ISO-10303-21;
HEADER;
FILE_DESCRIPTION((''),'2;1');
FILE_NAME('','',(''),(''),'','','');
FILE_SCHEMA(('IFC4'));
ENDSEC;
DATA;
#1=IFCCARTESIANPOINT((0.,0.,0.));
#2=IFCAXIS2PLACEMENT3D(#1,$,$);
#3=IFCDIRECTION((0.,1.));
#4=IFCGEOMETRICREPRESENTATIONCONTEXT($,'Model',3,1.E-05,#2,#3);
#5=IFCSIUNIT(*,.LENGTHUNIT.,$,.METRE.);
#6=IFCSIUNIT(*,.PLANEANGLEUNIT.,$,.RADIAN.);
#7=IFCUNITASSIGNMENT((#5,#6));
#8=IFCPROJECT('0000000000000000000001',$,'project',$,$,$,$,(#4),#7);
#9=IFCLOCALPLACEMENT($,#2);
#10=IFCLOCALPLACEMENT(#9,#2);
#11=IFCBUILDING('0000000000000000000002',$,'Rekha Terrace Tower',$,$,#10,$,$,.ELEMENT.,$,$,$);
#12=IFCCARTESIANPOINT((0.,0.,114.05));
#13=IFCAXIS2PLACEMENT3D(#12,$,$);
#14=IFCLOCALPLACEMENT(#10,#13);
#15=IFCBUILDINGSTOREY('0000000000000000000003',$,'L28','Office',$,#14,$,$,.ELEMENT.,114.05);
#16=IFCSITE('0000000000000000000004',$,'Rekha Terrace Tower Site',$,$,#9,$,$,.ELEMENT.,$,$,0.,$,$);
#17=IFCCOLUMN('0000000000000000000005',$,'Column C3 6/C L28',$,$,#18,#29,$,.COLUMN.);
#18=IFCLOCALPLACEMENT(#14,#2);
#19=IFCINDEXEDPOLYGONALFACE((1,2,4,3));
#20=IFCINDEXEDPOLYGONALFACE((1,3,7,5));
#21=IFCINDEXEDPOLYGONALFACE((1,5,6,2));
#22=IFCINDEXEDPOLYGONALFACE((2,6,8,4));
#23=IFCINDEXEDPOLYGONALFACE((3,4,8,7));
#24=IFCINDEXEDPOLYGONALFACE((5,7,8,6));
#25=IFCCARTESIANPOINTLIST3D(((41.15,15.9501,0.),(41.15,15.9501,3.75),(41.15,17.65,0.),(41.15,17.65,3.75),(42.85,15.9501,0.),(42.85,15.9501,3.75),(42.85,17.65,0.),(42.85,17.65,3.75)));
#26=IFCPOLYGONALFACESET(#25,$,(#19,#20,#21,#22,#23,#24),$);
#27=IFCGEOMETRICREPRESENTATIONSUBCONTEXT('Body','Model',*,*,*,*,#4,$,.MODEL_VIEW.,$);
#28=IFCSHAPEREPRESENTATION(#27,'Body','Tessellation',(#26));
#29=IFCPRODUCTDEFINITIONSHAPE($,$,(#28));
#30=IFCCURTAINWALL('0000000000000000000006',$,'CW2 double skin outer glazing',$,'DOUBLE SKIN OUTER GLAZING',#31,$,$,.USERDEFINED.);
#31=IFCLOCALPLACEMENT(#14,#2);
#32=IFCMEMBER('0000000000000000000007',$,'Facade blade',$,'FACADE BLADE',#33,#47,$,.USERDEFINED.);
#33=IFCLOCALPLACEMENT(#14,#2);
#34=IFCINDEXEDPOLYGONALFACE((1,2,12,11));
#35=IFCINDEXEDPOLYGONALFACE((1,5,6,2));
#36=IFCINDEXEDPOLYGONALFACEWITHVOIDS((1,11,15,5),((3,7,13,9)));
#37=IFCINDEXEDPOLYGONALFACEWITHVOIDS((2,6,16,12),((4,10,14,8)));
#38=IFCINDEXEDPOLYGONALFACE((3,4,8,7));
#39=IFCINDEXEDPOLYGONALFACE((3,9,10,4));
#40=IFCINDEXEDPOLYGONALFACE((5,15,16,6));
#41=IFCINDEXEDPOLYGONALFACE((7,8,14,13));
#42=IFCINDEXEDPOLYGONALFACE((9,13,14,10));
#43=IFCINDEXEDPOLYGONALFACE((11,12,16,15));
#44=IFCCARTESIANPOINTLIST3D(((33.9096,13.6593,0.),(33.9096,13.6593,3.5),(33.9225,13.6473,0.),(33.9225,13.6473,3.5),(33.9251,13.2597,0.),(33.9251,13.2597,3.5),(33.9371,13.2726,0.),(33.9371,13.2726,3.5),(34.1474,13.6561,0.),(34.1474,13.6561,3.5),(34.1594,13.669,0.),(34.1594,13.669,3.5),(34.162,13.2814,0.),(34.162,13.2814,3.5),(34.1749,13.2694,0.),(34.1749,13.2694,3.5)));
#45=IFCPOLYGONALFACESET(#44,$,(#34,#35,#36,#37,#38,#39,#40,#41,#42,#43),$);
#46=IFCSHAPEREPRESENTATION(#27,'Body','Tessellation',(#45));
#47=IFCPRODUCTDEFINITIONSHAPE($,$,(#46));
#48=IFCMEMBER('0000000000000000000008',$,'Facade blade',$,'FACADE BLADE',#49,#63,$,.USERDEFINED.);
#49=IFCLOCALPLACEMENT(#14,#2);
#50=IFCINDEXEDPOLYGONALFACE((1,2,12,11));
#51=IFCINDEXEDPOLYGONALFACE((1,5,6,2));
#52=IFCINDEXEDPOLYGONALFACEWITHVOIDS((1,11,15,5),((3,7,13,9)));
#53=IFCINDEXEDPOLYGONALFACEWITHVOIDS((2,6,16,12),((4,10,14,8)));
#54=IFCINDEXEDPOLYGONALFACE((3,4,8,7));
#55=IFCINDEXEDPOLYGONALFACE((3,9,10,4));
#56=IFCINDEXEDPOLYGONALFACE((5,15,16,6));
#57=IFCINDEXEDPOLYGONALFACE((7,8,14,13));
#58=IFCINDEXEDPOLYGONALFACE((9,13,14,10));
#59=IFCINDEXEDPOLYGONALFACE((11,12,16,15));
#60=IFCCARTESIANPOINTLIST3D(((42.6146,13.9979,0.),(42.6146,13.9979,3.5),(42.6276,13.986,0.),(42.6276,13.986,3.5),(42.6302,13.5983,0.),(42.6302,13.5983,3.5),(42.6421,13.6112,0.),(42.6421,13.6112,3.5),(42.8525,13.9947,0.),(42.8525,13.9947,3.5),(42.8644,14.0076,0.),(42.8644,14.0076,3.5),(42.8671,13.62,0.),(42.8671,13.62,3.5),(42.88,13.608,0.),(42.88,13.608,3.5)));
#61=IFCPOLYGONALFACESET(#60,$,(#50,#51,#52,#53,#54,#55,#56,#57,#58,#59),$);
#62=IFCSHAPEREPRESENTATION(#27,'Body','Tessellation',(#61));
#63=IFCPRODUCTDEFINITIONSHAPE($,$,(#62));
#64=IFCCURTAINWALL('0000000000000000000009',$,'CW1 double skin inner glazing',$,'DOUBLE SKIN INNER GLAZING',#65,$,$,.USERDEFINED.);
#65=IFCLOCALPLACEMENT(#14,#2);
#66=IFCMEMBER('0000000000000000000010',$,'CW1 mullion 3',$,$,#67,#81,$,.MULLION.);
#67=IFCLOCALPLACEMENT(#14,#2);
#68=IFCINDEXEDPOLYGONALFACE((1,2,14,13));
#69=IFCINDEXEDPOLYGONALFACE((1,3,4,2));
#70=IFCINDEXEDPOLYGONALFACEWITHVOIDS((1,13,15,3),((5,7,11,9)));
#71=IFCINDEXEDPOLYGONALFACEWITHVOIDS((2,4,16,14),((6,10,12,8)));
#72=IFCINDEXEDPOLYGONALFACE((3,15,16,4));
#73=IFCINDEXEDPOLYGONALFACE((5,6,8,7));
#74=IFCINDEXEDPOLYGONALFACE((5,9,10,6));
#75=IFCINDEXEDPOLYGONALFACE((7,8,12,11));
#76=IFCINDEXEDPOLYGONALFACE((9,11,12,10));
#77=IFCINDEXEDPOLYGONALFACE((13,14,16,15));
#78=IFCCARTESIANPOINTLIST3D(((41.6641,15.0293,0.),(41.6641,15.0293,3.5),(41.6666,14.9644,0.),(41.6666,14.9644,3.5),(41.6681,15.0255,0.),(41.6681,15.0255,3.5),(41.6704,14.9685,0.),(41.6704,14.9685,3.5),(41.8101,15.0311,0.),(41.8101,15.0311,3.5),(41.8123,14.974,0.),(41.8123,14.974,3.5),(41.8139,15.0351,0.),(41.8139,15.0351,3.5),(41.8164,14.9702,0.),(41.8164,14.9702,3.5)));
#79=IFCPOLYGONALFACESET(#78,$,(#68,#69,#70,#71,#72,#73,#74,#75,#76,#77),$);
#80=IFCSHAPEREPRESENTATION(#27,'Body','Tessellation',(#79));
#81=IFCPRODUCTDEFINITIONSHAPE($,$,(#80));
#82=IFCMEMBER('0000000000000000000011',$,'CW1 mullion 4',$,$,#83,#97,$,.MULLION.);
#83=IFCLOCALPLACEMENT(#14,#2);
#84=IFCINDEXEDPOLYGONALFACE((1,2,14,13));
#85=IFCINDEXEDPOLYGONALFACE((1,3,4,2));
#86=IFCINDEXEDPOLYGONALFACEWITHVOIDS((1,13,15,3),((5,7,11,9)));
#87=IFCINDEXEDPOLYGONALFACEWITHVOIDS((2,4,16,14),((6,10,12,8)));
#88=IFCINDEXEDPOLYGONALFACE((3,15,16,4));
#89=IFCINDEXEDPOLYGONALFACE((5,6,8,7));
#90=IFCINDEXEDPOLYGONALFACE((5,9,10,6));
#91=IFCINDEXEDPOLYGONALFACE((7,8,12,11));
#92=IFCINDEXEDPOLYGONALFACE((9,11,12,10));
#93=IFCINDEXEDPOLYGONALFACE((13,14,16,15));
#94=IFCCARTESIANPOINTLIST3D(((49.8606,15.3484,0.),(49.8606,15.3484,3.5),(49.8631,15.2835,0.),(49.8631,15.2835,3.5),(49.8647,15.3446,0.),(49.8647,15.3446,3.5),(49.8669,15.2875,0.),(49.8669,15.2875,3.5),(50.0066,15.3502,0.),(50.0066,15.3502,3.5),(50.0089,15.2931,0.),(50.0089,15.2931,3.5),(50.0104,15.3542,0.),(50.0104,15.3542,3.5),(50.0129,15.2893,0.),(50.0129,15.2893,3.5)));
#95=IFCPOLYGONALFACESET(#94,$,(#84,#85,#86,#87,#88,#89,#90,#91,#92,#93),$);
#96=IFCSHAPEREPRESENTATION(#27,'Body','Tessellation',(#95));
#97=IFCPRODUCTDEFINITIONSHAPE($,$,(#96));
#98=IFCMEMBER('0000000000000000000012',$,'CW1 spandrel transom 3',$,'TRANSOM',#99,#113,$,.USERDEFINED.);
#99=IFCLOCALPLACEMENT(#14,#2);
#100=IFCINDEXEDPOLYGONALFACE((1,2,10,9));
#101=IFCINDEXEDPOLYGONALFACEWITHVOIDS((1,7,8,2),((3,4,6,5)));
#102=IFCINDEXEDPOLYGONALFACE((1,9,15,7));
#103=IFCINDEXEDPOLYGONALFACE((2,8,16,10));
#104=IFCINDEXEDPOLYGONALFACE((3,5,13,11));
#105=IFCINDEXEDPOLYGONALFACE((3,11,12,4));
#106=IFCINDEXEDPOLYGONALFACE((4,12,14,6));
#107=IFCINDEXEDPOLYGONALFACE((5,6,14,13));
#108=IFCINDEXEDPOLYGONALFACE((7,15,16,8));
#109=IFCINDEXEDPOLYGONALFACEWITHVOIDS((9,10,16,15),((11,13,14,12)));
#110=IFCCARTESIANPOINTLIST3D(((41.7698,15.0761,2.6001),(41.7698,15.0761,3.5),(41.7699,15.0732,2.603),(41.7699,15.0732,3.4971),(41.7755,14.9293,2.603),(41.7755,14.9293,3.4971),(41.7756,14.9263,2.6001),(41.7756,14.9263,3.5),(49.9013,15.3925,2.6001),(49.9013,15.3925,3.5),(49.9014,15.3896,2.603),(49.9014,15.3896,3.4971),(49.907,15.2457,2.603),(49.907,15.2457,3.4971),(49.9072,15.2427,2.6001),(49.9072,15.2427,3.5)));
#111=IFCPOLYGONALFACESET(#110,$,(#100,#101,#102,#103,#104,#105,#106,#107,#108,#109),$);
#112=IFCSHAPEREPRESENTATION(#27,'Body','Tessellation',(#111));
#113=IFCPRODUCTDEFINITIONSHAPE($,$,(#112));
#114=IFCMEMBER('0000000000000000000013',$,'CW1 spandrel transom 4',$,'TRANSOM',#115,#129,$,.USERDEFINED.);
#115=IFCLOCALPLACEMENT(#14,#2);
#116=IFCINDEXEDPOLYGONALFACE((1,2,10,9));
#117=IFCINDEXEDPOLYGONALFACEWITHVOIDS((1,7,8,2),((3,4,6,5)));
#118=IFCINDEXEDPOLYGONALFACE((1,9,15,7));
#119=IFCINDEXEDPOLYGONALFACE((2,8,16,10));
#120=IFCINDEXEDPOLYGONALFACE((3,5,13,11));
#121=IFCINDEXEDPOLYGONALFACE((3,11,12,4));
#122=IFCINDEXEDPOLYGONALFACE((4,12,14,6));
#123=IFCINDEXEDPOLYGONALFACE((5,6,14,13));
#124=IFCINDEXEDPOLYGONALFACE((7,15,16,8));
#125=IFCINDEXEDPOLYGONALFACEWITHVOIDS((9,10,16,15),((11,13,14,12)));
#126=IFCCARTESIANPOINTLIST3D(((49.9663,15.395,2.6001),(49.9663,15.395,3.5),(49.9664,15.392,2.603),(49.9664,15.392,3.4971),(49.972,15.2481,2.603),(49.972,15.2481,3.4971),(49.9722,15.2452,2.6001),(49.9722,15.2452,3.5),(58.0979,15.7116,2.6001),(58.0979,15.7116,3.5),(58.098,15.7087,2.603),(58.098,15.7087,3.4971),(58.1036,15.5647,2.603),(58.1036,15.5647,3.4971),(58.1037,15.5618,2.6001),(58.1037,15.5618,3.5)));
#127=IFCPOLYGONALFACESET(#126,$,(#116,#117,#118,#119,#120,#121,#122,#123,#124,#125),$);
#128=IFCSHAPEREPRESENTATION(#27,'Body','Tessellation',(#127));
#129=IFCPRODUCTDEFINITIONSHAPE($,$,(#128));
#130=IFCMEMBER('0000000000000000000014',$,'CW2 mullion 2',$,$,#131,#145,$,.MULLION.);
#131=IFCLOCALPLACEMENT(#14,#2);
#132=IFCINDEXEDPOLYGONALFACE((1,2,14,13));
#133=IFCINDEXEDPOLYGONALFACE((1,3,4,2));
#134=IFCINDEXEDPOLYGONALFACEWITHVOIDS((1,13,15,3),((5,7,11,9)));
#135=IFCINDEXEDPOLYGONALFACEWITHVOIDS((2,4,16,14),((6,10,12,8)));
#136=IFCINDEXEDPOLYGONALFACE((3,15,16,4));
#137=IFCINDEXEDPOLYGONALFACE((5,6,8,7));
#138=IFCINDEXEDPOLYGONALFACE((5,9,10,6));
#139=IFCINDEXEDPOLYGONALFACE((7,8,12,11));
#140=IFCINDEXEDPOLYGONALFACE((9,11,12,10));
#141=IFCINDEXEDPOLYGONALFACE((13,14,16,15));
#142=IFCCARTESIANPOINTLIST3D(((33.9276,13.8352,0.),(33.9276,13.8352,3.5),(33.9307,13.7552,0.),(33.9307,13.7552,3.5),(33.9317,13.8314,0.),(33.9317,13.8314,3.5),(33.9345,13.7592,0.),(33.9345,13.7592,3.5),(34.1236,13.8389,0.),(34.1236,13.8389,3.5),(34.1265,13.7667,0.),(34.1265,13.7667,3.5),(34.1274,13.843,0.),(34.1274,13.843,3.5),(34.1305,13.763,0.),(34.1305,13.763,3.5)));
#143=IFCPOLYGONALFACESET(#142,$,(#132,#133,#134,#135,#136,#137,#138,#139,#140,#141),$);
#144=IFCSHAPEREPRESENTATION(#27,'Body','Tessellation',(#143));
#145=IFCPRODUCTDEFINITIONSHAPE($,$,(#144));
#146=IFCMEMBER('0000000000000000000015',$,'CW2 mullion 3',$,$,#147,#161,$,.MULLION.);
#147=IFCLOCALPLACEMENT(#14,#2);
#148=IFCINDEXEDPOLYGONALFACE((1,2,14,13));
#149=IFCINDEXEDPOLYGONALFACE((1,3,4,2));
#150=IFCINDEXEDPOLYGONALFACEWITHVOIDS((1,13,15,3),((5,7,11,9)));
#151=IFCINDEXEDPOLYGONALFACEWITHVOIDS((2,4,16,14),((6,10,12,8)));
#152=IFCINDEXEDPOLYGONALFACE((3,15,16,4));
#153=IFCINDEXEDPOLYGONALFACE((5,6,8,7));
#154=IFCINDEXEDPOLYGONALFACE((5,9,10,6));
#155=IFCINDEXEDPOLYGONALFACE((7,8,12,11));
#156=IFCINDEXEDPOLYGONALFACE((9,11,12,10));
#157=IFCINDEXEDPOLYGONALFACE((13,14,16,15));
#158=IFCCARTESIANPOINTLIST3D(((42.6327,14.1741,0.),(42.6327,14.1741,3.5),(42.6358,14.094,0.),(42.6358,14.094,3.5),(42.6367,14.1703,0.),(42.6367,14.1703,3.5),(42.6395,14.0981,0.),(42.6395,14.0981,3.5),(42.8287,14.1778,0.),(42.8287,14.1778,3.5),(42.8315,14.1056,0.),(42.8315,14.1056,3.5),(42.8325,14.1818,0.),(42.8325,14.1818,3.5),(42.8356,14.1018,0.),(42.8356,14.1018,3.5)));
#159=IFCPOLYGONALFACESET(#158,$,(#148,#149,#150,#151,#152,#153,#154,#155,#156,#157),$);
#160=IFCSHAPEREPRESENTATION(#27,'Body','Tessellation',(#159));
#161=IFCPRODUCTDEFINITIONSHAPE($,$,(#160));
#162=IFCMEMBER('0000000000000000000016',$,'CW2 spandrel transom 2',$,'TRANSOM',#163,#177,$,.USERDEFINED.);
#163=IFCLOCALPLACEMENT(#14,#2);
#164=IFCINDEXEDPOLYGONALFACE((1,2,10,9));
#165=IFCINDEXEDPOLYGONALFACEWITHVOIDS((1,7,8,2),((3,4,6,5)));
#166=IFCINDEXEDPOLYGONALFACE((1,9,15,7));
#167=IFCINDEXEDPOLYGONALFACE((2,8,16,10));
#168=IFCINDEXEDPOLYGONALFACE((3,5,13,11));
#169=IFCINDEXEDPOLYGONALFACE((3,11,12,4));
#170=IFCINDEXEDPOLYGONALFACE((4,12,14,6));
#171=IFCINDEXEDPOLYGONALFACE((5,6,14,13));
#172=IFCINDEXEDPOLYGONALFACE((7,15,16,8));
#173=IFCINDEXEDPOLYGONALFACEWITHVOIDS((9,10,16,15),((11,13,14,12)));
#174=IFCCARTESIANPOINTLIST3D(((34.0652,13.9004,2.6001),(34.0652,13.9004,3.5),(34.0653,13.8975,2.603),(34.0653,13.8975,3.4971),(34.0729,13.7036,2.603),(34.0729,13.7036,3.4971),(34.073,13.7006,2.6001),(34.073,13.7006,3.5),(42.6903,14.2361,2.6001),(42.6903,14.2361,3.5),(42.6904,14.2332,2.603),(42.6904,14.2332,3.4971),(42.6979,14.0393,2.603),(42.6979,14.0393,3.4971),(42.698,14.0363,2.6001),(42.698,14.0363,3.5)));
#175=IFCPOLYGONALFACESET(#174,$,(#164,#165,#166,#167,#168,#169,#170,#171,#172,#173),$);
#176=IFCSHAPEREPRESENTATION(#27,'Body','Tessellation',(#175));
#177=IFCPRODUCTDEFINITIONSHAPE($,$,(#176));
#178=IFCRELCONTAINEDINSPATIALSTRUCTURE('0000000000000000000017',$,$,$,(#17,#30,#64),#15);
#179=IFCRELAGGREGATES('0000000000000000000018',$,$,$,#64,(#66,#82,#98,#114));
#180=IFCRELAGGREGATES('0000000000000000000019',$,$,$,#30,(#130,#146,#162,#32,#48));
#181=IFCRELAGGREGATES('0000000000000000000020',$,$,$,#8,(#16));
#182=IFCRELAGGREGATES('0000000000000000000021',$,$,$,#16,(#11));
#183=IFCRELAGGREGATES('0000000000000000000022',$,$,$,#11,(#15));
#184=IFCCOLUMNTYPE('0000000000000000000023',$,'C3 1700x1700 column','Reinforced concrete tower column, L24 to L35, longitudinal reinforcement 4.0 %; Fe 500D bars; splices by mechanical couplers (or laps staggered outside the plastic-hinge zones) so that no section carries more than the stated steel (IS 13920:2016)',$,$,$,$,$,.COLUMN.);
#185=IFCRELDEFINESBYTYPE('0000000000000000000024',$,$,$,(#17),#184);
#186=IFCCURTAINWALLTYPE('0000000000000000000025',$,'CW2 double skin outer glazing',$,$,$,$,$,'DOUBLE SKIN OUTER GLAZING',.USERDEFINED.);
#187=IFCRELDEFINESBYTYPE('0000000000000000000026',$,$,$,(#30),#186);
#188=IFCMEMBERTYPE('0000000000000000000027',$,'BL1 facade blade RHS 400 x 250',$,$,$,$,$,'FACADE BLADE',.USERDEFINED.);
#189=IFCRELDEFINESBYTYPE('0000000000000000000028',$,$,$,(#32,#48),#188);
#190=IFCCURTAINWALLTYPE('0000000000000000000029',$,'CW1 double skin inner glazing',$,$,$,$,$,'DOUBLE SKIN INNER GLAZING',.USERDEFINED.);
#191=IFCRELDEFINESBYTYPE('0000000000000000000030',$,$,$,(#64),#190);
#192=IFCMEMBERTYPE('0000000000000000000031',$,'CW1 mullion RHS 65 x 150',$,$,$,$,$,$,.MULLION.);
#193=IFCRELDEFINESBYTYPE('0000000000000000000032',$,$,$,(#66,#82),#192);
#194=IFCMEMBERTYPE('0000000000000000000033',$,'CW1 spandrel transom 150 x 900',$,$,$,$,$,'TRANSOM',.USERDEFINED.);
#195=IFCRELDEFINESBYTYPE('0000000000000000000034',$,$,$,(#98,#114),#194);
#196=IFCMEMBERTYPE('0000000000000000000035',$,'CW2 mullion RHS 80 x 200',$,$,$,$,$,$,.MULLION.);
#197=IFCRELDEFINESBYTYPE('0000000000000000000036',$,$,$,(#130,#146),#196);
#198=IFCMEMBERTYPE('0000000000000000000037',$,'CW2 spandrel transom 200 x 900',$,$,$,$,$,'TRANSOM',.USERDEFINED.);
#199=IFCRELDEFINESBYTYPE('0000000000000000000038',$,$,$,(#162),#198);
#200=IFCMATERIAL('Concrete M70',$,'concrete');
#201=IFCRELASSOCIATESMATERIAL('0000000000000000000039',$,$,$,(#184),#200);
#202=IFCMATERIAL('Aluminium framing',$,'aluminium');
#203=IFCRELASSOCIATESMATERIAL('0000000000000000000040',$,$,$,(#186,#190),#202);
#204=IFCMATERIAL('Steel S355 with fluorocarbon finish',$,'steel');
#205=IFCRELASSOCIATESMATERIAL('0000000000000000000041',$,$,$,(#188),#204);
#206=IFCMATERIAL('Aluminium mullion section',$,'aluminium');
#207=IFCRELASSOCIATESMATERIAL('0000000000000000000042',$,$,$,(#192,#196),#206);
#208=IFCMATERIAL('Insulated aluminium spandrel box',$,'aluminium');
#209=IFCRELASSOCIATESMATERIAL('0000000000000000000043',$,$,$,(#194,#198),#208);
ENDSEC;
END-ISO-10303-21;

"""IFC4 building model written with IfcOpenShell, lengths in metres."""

from ifc_helpers import new_model, si_unit, direction, frame, origin, origin_2d, place, context, subcontext, project, spatial, rectangle, hollow_rectangle, extrude, material, material_profile, profile_set, type_object, element, aggregate, save


model = new_model("IFC4")

# Units and contexts
model_context = context("Model", 3, precision=1e-05, world=origin(), true_north=direction((0.0, 1.0)))
body_context = subcontext(model_context, "Body", "Model", "MODEL_VIEW")
ifc_project = project(units=[si_unit("LENGTHUNIT", "METRE"), si_unit("PLANEANGLEUNIT", "RADIAN")], contexts=[model_context])

# Site, building, storey
site_placement = place(None, origin())
site = spatial("IfcSite", under=ifc_project, at=site_placement, Name="Rekha Terrace Tower Site", CompositionType="ELEMENT", RefElevation=0.0)
building_placement = place(site_placement, origin())
building = spatial("IfcBuilding", under=site, at=building_placement, Name="Rekha Terrace Tower", CompositionType="ELEMENT")
storey_placement = place(building_placement, frame((0.0, 0.0, 114.05)))
storey = spatial("IfcBuildingStorey", under=building, at=storey_placement, Name="L28", Description="Office", CompositionType="ELEMENT", Elevation=114.05)

# Column
ifc_material_1 = material(Name="Concrete M70", Category="concrete")
ifc_material_profile_1 = material_profile(ifc_material_1, rectangle(XDim=1.7, YDim=1.7, at=origin_2d()), Name="RC 1700x1700")
ifc_profile_set_1 = profile_set([ifc_material_profile_1], Name="Concrete M70")
column_type = type_object("IfcColumnType", Name="C3 1700x1700 column", Description="Reinforced concrete tower column, L24 to L35, longitudinal reinforcement 4.0 %; Fe 500D bars; splices by mechanical couplers (or laps staggered outside the plastic-hinge zones) so that no section carries more than the stated steel (IS 13920:2016)", PredefinedType="COLUMN", material=ifc_profile_set_1)
column_placement = place(storey_placement, frame((42.0, 16.8, 0.0), z_axis=(0.0, 0.0, 1.0), x_axis=(1.0, 0.0, 0.0)))
element("IfcColumn", 1, at=column_placement, inside=storey, type_object=column_type, Name="Column C3 6/C L28", PredefinedType="COLUMN", context=body_context, shape_type="SweptSolid", body=[
    extrude(rectangle(XDim=1.7, YDim=1.7, at=origin_2d()), origin(), (0.0, 0.0, 1.0), 3.75),
])

# Curtain walls, members
ifc_material_2 = material(Name="Aluminium framing", Category="aluminium")
curtain_wall_type_1 = type_object("IfcCurtainWallType", Name="CW2 double skin outer glazing", ElementType="DOUBLE SKIN OUTER GLAZING", PredefinedType="USERDEFINED", material=ifc_material_2)
curtain_wall_1_placement = place(storey_placement, origin())
curtain_wall_1 = element("IfcCurtainWall", 2, at=curtain_wall_1_placement, inside=storey, type_object=curtain_wall_type_1, Name="CW2 double skin outer glazing", ObjectType="DOUBLE SKIN OUTER GLAZING", PredefinedType="USERDEFINED")
ifc_material_3 = material(Name="Steel S355 with fluorocarbon finish", Category="steel")
ifc_material_profile_2 = material_profile(ifc_material_3, hollow_rectangle(XDim=0.25, YDim=0.3999, WallThickness=0.0125, at=origin_2d()), Name="RHS400x250x12.5")
ifc_profile_set_2 = profile_set([ifc_material_profile_2], Name="Steel S355 with fluorocarbon finish")
member_type_1 = type_object("IfcMemberType", Name="BL1 facade blade RHS 400 x 250", ElementType="FACADE BLADE", PredefinedType="USERDEFINED", material=ifc_profile_set_2)
member_1_placement = place(storey_placement, frame((34.0422, 13.4644, 0.0), z_axis=(0.0, 0.0, 1.0), x_axis=(0.999243, 0.03889, 0.0)))
member_1 = element("IfcMember", 3, at=member_1_placement, type_object=member_type_1, Name="Facade blade", ObjectType="FACADE BLADE", PredefinedType="USERDEFINED", context=body_context, shape_type="SweptSolid", body=[
    extrude(hollow_rectangle(XDim=0.25, YDim=0.3999, WallThickness=0.0125, at=origin_2d()), origin(), (0.0, 0.0, 1.0), 3.5),
])
member_2_placement = place(storey_placement, frame((42.7473, 13.803, 0.0), z_axis=(0.0, 0.0, 1.0), x_axis=(0.999243, 0.03889, 0.0)))
member_2 = element("IfcMember", 4, at=member_2_placement, type_object=member_type_1, Name="Facade blade", ObjectType="FACADE BLADE", PredefinedType="USERDEFINED", context=body_context, shape_type="SweptSolid", body=[
    extrude(hollow_rectangle(XDim=0.25, YDim=0.3999, WallThickness=0.0125, at=origin_2d()), origin(), (0.0, 0.0, 1.0), 3.5),
])
curtain_wall_type_2 = type_object("IfcCurtainWallType", Name="CW1 double skin inner glazing", ElementType="DOUBLE SKIN INNER GLAZING", PredefinedType="USERDEFINED", material=ifc_material_2)
curtain_wall_2_placement = place(storey_placement, origin())
curtain_wall_2 = element("IfcCurtainWall", 5, at=curtain_wall_2_placement, inside=storey, type_object=curtain_wall_type_2, Name="CW1 double skin inner glazing", ObjectType="DOUBLE SKIN INNER GLAZING", PredefinedType="USERDEFINED")
ifc_material_4 = material(Name="Aluminium mullion section", Category="aluminium")
ifc_material_profile_3 = material_profile(ifc_material_4, hollow_rectangle(XDim=0.0649, YDim=0.1499, WallThickness=0.0039, at=origin_2d()), Name="AL RHS 65x150")
ifc_profile_set_3 = profile_set([ifc_material_profile_3], Name="Aluminium mullion section")
member_type_2 = type_object("IfcMemberType", Name="CW1 mullion RHS 65 x 150", PredefinedType="MULLION", material=ifc_profile_set_3)
member_3_placement = place(storey_placement, frame((41.7402, 14.9998, 0.0), z_axis=(0.0, 0.0, 1.0), x_axis=(-0.03889, 0.999243, 0.0)))
member_3 = element("IfcMember", 6, at=member_3_placement, type_object=member_type_2, Name="CW1 mullion 3", PredefinedType="MULLION", context=body_context, shape_type="SweptSolid", body=[
    extrude(hollow_rectangle(XDim=0.0649, YDim=0.1499, WallThickness=0.0039, at=origin_2d()), origin(), (0.0, 0.0, 1.0), 3.5),
])
member_4_placement = place(storey_placement, frame((49.9368, 15.3188, 0.0), z_axis=(0.0, 0.0, 1.0), x_axis=(-0.03889, 0.999243, 0.0)))
member_4 = element("IfcMember", 7, at=member_4_placement, type_object=member_type_2, Name="CW1 mullion 4", PredefinedType="MULLION", context=body_context, shape_type="SweptSolid", body=[
    extrude(hollow_rectangle(XDim=0.0649, YDim=0.1499, WallThickness=0.0039, at=origin_2d()), origin(), (0.0, 0.0, 1.0), 3.5),
])
ifc_material_5 = material(Name="Insulated aluminium spandrel box", Category="aluminium")
ifc_material_profile_4 = material_profile(ifc_material_5, hollow_rectangle(XDim=0.1499, YDim=0.8999, WallThickness=0.0029, at=origin_2d()), Name="AL SPANDREL BOX 150x900")
ifc_profile_set_4 = profile_set([ifc_material_profile_4], Name="Insulated aluminium spandrel box")
member_type_3 = type_object("IfcMemberType", Name="CW1 spandrel transom 150 x 900", ElementType="TRANSOM", PredefinedType="USERDEFINED", material=ifc_profile_set_4)
member_5_placement = place(storey_placement, frame((41.7727, 15.0012, 3.05), z_axis=(0.999244, 0.038881, 0.0), x_axis=(-0.038881, 0.999244, 0.0)))
member_5 = element("IfcMember", 8, at=member_5_placement, type_object=member_type_3, Name="CW1 spandrel transom 3", ObjectType="TRANSOM", PredefinedType="USERDEFINED", context=body_context, shape_type="SweptSolid", body=[
    extrude(hollow_rectangle(XDim=0.1499, YDim=0.8999, WallThickness=0.0029, at=origin_2d()), origin(), (0.0, 0.0, 1.0), 8.1377),
])
member_6_placement = place(storey_placement, frame((49.9692, 15.3201, 3.05), z_axis=(0.999243, 0.038911, 0.0), x_axis=(-0.038911, 0.999243, 0.0)))
member_6 = element("IfcMember", 9, at=member_6_placement, type_object=member_type_3, Name="CW1 spandrel transom 4", ObjectType="TRANSOM", PredefinedType="USERDEFINED", context=body_context, shape_type="SweptSolid", body=[
    extrude(hollow_rectangle(XDim=0.1499, YDim=0.8999, WallThickness=0.0029, at=origin_2d()), origin(), (0.0, 0.0, 1.0), 8.1377),
])

# Members
ifc_material_profile_5 = material_profile(ifc_material_4, hollow_rectangle(XDim=0.0801, YDim=0.2, WallThickness=0.0039, at=origin_2d()), Name="AL RHS 80x200")
ifc_profile_set_5 = profile_set([ifc_material_profile_5], Name="Aluminium mullion section")
member_type_4 = type_object("IfcMemberType", Name="CW2 mullion RHS 80 x 200", PredefinedType="MULLION", material=ifc_profile_set_5)
member_7_placement = place(storey_placement, frame((34.0291, 13.7991, 0.0), z_axis=(0.0, 0.0, 1.0), x_axis=(-0.03889, 0.999243, 0.0)))
member_7 = element("IfcMember", 10, at=member_7_placement, type_object=member_type_4, Name="CW2 mullion 2", PredefinedType="MULLION", context=body_context, shape_type="SweptSolid", body=[
    extrude(hollow_rectangle(XDim=0.0801, YDim=0.2, WallThickness=0.0039, at=origin_2d()), origin(), (0.0, 0.0, 1.0), 3.5),
])
member_8_placement = place(storey_placement, frame((42.7341, 14.1379, 0.0), z_axis=(0.0, 0.0, 1.0), x_axis=(-0.03889, 0.999243, 0.0)))
member_8 = element("IfcMember", 11, at=member_8_placement, type_object=member_type_4, Name="CW2 mullion 3", PredefinedType="MULLION", context=body_context, shape_type="SweptSolid", body=[
    extrude(hollow_rectangle(XDim=0.0801, YDim=0.2, WallThickness=0.0039, at=origin_2d()), origin(), (0.0, 0.0, 1.0), 3.5),
])
ifc_material_profile_6 = material_profile(ifc_material_5, hollow_rectangle(XDim=0.2, YDim=0.8999, WallThickness=0.0029, at=origin_2d()), Name="AL SPANDREL BOX 200x900")
ifc_profile_set_6 = profile_set([ifc_material_profile_6], Name="Insulated aluminium spandrel box")
member_type_5 = type_object("IfcMemberType", Name="CW2 spandrel transom 200 x 900", ElementType="TRANSOM", PredefinedType="USERDEFINED", material=ifc_profile_set_6)
member_9_placement = place(storey_placement, frame((34.0691, 13.8005, 3.05), z_axis=(0.999243, 0.038892, 0.0), x_axis=(-0.038892, 0.999243, 0.0)))
member_9 = element("IfcMember", 12, at=member_9_placement, type_object=member_type_5, Name="CW2 spandrel transom 2", ObjectType="TRANSOM", PredefinedType="USERDEFINED", context=body_context, shape_type="SweptSolid", body=[
    extrude(hollow_rectangle(XDim=0.2, YDim=0.8999, WallThickness=0.0029, at=origin_2d()), origin(), (0.0, 0.0, 1.0), 8.6316),
])

aggregate(curtain_wall_2, [member_3, member_4, member_5, member_6])
aggregate(curtain_wall_1, [member_7, member_8, member_9, member_1, member_2])

save(model, "model.ifc")
